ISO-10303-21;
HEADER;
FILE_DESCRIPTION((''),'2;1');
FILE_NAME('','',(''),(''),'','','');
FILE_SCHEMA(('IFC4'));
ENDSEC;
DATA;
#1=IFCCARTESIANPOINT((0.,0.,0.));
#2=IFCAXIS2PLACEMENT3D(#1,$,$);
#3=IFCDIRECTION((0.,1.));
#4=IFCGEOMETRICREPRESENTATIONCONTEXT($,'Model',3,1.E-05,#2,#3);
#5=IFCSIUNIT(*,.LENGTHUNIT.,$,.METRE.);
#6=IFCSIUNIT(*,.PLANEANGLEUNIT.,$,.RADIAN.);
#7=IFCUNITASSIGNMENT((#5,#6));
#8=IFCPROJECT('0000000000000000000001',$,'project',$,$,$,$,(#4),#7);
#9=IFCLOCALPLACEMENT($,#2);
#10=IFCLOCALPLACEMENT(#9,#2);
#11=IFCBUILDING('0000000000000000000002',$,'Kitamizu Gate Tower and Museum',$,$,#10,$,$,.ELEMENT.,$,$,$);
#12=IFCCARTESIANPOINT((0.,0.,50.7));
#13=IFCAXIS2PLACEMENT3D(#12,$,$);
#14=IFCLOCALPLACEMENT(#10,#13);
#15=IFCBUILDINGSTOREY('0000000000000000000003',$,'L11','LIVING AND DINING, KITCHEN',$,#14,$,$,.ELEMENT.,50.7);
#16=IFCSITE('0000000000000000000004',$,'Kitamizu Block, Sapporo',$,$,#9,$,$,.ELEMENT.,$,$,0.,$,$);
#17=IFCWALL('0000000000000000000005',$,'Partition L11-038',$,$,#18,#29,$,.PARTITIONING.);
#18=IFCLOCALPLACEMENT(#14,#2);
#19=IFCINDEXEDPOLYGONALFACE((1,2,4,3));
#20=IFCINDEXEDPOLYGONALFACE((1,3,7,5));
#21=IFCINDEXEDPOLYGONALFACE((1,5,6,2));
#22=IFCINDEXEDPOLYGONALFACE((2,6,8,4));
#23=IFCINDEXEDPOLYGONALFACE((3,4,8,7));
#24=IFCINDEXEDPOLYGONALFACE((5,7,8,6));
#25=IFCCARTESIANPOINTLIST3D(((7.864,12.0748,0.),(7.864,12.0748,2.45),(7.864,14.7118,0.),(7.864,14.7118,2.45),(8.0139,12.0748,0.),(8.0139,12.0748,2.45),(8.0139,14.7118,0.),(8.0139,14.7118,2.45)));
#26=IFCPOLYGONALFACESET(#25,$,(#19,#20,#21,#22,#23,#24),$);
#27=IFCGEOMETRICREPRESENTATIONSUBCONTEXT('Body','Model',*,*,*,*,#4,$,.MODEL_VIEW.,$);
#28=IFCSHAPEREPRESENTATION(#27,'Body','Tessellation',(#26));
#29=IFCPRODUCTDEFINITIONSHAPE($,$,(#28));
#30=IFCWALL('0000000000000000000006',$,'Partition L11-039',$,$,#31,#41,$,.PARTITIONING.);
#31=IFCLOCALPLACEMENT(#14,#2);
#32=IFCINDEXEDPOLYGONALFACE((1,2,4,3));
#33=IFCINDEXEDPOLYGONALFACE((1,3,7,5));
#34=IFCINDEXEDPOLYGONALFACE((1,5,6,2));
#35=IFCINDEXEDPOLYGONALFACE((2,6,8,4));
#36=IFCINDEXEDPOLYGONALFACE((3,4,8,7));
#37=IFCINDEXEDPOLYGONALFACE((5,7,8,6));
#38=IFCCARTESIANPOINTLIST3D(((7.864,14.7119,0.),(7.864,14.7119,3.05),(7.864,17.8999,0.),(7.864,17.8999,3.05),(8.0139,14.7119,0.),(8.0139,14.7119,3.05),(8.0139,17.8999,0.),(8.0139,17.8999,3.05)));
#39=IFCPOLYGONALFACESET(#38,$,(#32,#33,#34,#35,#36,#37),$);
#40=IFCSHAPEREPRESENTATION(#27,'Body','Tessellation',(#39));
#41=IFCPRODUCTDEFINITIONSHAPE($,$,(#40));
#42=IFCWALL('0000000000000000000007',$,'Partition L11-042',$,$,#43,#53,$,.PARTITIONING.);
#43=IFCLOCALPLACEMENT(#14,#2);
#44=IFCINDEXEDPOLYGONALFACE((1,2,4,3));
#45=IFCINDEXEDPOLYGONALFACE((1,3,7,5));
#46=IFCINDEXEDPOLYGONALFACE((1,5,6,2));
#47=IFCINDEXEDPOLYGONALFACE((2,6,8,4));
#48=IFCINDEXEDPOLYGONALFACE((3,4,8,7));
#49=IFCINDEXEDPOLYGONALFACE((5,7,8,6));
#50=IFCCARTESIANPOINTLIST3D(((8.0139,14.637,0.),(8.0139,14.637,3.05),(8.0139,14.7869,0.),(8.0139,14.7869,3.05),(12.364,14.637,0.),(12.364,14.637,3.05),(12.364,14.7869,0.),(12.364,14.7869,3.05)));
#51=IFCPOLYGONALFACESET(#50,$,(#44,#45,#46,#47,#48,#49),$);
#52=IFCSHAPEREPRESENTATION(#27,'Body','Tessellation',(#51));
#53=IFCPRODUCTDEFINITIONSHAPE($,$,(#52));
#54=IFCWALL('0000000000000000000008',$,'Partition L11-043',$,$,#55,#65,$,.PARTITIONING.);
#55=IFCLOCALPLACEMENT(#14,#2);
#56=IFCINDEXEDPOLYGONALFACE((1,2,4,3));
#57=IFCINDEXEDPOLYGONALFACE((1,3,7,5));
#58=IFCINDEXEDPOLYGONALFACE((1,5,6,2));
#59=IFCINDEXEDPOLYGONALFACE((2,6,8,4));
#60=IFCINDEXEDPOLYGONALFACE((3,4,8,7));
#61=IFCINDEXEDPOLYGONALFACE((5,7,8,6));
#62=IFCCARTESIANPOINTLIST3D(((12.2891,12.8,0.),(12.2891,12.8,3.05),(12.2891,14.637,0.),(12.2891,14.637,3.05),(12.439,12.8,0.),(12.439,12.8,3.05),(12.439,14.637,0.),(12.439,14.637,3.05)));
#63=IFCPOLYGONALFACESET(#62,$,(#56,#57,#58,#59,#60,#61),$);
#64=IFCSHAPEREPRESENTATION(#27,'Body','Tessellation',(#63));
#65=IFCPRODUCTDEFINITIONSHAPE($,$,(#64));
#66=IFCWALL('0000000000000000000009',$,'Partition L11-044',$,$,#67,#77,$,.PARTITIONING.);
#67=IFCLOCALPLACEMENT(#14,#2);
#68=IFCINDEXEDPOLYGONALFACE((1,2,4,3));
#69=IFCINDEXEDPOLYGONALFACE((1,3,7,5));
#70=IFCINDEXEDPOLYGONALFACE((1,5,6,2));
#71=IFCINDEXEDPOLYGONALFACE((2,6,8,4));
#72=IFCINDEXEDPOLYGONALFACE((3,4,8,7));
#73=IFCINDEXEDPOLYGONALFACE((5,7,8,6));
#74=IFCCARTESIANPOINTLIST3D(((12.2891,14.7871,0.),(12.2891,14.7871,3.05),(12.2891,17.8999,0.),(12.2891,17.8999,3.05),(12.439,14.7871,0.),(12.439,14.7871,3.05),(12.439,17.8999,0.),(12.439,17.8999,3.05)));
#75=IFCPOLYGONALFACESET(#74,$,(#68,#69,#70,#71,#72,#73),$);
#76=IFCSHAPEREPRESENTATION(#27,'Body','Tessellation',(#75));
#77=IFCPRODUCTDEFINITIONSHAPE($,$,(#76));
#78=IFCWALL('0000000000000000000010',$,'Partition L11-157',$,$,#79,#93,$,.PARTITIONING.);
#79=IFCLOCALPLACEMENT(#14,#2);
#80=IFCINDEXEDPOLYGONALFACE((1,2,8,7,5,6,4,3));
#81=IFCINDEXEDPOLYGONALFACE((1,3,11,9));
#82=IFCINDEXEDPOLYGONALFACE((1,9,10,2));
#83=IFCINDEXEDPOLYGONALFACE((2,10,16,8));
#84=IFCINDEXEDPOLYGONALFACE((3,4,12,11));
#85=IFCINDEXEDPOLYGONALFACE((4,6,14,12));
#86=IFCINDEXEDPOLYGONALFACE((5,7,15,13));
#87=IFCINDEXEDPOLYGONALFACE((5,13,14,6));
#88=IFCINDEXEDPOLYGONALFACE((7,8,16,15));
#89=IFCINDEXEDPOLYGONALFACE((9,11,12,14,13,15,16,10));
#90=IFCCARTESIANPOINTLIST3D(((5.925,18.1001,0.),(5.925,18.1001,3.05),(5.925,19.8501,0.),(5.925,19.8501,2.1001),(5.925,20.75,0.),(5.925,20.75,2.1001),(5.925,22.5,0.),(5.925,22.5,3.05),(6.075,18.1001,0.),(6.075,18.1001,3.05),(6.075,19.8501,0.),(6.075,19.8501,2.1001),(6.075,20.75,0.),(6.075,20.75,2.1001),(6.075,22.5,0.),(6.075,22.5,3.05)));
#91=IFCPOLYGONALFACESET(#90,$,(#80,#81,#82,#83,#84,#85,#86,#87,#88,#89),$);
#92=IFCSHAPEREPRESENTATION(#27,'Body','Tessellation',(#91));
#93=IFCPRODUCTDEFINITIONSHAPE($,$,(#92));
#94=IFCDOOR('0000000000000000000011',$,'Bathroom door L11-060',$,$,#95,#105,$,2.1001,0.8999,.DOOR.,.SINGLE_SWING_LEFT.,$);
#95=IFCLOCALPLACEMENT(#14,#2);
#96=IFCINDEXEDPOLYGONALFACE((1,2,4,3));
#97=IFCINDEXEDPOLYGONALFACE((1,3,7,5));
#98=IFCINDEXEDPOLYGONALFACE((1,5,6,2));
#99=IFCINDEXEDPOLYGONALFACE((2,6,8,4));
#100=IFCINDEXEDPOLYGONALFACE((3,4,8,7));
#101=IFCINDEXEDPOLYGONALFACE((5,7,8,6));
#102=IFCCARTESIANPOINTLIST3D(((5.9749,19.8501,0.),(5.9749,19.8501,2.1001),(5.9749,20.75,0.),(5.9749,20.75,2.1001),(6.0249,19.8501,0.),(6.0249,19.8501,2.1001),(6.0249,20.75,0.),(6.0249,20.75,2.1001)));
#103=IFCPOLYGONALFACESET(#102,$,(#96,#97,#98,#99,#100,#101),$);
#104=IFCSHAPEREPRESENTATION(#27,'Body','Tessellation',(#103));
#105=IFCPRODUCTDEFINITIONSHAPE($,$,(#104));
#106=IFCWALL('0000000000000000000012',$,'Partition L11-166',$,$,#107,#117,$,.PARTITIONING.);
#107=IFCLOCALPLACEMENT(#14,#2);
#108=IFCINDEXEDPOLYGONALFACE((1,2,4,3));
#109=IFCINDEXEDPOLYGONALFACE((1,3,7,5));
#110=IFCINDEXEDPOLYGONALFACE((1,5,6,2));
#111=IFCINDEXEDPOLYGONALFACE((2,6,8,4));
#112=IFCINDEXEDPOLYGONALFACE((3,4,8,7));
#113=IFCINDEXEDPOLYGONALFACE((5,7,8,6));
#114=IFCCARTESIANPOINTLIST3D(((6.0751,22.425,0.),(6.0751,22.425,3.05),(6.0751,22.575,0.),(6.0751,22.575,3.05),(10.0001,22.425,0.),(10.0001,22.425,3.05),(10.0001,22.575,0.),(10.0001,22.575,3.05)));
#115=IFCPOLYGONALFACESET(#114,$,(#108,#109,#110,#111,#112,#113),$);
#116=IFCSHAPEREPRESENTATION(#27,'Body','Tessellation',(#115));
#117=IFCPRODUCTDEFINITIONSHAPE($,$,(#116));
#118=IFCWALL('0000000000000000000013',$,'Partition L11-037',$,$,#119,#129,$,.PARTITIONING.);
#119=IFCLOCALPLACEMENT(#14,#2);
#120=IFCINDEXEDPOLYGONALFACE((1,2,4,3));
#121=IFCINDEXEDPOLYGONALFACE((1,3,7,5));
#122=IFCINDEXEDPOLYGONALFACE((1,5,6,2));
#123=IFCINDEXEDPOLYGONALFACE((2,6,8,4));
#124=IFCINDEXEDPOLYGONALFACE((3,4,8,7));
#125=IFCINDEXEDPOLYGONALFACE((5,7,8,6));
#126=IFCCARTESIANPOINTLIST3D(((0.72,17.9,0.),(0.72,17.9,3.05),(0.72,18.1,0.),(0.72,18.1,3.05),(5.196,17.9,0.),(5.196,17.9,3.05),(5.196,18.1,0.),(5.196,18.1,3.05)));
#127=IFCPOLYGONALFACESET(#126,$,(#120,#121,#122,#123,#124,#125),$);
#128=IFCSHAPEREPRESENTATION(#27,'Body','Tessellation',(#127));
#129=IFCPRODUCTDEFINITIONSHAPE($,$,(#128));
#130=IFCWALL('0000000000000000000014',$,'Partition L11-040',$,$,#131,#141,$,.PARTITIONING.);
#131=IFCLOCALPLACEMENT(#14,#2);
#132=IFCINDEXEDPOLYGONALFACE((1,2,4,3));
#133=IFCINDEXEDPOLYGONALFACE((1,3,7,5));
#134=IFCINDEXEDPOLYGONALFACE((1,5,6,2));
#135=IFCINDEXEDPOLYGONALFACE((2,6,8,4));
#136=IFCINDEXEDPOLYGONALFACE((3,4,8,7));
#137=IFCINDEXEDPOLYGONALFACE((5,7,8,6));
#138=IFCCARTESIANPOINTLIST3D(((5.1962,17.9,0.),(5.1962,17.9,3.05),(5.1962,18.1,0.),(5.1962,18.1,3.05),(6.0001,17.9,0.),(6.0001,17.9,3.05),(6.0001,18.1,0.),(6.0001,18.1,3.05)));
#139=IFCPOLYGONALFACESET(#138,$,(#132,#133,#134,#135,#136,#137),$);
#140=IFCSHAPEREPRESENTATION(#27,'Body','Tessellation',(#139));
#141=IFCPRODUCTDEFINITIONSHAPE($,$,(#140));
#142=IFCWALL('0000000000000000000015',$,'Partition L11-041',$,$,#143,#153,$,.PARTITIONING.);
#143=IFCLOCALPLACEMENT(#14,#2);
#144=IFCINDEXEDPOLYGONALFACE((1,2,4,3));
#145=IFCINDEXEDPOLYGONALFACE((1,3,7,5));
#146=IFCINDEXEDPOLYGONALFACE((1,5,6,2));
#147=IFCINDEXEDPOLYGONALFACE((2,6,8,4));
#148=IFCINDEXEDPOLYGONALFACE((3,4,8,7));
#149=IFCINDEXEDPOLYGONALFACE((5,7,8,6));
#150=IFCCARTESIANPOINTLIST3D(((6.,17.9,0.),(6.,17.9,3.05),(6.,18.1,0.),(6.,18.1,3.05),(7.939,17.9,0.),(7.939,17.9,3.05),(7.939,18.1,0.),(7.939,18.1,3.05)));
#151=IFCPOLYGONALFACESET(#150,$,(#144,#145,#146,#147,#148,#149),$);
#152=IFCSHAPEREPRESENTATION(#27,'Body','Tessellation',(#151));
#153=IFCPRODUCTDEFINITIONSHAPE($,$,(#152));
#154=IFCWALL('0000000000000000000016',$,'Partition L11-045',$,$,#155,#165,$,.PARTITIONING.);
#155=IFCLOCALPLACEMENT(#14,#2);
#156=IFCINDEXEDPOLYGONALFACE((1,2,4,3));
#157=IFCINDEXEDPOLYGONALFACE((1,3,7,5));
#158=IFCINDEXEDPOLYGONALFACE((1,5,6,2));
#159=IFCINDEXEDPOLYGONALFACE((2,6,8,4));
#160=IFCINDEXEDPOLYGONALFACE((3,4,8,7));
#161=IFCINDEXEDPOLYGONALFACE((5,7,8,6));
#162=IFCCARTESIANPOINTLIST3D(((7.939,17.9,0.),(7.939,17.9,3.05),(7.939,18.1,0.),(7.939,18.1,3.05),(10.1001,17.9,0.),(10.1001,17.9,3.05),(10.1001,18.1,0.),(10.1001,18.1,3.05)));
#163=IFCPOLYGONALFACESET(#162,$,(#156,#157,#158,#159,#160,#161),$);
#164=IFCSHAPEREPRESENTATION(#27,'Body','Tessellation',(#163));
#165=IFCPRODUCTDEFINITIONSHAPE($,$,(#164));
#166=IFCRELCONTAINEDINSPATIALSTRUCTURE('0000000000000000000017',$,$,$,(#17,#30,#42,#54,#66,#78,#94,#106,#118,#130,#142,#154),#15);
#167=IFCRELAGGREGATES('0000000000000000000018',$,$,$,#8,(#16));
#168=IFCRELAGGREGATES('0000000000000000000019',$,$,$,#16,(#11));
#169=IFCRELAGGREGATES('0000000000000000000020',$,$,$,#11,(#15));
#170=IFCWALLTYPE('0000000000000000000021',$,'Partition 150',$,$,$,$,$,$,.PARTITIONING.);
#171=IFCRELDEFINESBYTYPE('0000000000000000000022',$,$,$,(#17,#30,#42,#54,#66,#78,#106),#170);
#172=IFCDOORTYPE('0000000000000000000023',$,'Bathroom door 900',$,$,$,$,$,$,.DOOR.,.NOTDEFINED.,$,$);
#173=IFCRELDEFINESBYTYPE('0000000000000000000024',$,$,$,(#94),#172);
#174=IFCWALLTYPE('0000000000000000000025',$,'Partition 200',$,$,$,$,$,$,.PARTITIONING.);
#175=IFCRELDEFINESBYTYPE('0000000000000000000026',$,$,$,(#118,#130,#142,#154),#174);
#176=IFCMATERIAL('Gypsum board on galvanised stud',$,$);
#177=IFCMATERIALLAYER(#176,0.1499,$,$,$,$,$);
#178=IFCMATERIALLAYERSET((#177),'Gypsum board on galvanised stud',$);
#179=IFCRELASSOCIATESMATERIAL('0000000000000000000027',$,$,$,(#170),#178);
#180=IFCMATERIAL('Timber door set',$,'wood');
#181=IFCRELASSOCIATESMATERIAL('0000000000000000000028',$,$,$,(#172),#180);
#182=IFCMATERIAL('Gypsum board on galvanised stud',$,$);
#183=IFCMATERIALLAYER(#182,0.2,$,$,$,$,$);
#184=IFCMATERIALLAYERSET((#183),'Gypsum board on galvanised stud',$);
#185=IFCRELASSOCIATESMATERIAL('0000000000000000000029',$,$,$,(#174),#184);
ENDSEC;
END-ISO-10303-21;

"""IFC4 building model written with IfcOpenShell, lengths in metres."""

from ifc_helpers import new_model, si_unit, direction, frame, frame_2d, origin, place, context, subcontext, project, spatial, rectangle, extrude, material, layer, layer_set, type_object, element, fill, save


model = new_model("IFC4")

# Units and contexts
model_context = context("Model", 3, precision=1e-05, world=origin(), true_north=direction((0.0, 1.0)))
body_context = subcontext(model_context, "Body", "Model", "MODEL_VIEW")
ifc_project = project(units=[si_unit("LENGTHUNIT", "METRE"), si_unit("PLANEANGLEUNIT", "RADIAN")], contexts=[model_context])

# Site, building, storey
site_placement = place(None, origin())
site = spatial("IfcSite", under=ifc_project, at=site_placement, Name="Kitamizu Block, Sapporo", CompositionType="ELEMENT", RefElevation=0.0)
building_placement = place(site_placement, origin())
building = spatial("IfcBuilding", under=site, at=building_placement, Name="Kitamizu Gate Tower and Museum", CompositionType="ELEMENT")
storey_placement = place(building_placement, frame((0.0, 0.0, 50.7)))
storey = spatial("IfcBuildingStorey", under=building, at=storey_placement, Name="L11", Description="LIVING AND DINING, KITCHEN", CompositionType="ELEMENT", Elevation=50.7)

# Walls
ifc_material_1 = material(Name="Gypsum board on galvanised stud")
ifc_layer_1 = layer(ifc_material_1, 0.1499)
ifc_layer_set_1 = layer_set([ifc_layer_1], Name="Gypsum board on galvanised stud")
wall_type_1 = type_object("IfcWallType", Name="Partition 150", PredefinedType="PARTITIONING", material=ifc_layer_set_1)
wall_1_placement = place(storey_placement, frame((7.939, 12.075, 0.0), z_axis=(0.0, 0.0, 1.0), x_axis=(0.0, 1.0, 0.0)))
element("IfcWall", 1, at=wall_1_placement, inside=storey, type_object=wall_type_1, Name="Partition L11-038", PredefinedType="PARTITIONING", context=body_context, shape_type="SweptSolid", body=[
    extrude(rectangle(XDim=2.637, YDim=0.1499, at=frame_2d((1.3184, 0.0))), origin(), (0.0, 0.0, 1.0), 2.45),
])
wall_2_placement = place(storey_placement, frame((7.939, 14.7119, 0.0), z_axis=(0.0, 0.0, 1.0), x_axis=(0.0, 1.0, 0.0)))
element("IfcWall", 2, at=wall_2_placement, inside=storey, type_object=wall_type_1, Name="Partition L11-039", PredefinedType="PARTITIONING", context=body_context, shape_type="SweptSolid", body=[
    extrude(rectangle(XDim=3.188, YDim=0.1499, at=frame_2d((1.594, 0.0))), origin(), (0.0, 0.0, 1.0), 3.05),
])
wall_3_placement = place(storey_placement, frame((12.364, 14.7119, 0.0), z_axis=(0.0, 0.0, 1.0), x_axis=(-1.0, 0.0, 0.0)))
element("IfcWall", 3, at=wall_3_placement, inside=storey, type_object=wall_type_1, Name="Partition L11-042", PredefinedType="PARTITIONING", context=body_context, shape_type="SweptSolid", body=[
    extrude(rectangle(XDim=4.3501, YDim=0.1499, at=frame_2d((2.175, 0.0))), origin(), (0.0, 0.0, 1.0), 3.05),
])
wall_4_placement = place(storey_placement, frame((12.364, 12.8, 0.0), z_axis=(0.0, 0.0, 1.0), x_axis=(0.0, 1.0, 0.0)))
element("IfcWall", 4, at=wall_4_placement, inside=storey, type_object=wall_type_1, Name="Partition L11-043", PredefinedType="PARTITIONING", context=body_context, shape_type="SweptSolid", body=[
    extrude(rectangle(XDim=1.8369, YDim=0.1499, at=frame_2d((0.9185, 0.0))), origin(), (0.0, 0.0, 1.0), 3.05),
])
wall_5_placement = place(storey_placement, frame((12.364, 14.7871, 0.0), z_axis=(0.0, 0.0, 1.0), x_axis=(0.0, 1.0, 0.0)))
element("IfcWall", 5, at=wall_5_placement, inside=storey, type_object=wall_type_1, Name="Partition L11-044", PredefinedType="PARTITIONING", context=body_context, shape_type="SweptSolid", body=[
    extrude(rectangle(XDim=3.1128, YDim=0.1499, at=frame_2d((1.5564, 0.0))), origin(), (0.0, 0.0, 1.0), 3.05),
])

# Wall, opening, door
wall_6_placement = place(storey_placement, frame((6.0, 18.1001, 0.0), z_axis=(0.0, 0.0, 1.0), x_axis=(0.0, 1.0, 0.0)))
wall_6 = element("IfcWall", 6, at=wall_6_placement, inside=storey, type_object=wall_type_1, Name="Partition L11-157", PredefinedType="PARTITIONING", context=body_context, shape_type="SweptSolid", body=[
    extrude(rectangle(XDim=4.3999, YDim=0.1499, at=frame_2d((2.2, 0.0))), origin(), (0.0, 0.0, 1.0), 3.05),
])
opening_1_placement = place(wall_6_placement, frame((1.75, 0.0, 0.0)))
opening_1 = element("IfcOpeningElement", 7, at=opening_1_placement, cuts=wall_6, PredefinedType="OPENING", context=body_context, shape_type="SweptSolid", body=[
    extrude(rectangle(XDim=0.8999, YDim=2.1001, at=frame_2d((0.45, 1.05))), frame((0.0, 0.085, 0.0), z_axis=(0.0, -1.0, 0.0), x_axis=(1.0, 0.0, 0.0)), (0.0, 0.0, 1.0), 0.1699),
])
ifc_material_2 = material(Name="Timber door set", Category="wood")
door_type_1 = type_object("IfcDoorType", Name="Bathroom door 900", OperationType="NOTDEFINED", PredefinedType="DOOR", material=ifc_material_2)
door_1_placement = place(opening_1_placement, frame((0.8999, 0.0, 0.0), x_axis=(-1.0, 0.0, 0.0)))
door_1 = element("IfcDoor", 8, at=door_1_placement, inside=storey, type_object=door_type_1, Name="Bathroom door L11-060", OperationType="SINGLE_SWING_LEFT", OverallHeight=2.1001, OverallWidth=0.8999, PredefinedType="DOOR", context=body_context, shape_type="SweptSolid", body=[
    extrude(rectangle(XDim=0.8999, YDim=2.1001, at=frame_2d((0.45, 1.05))), frame((0.0, 0.0249, 0.0), z_axis=(0.0, -1.0, 0.0), x_axis=(1.0, 0.0, 0.0)), (0.0, 0.0, 1.0), 0.05),
])
fill(opening_1, door_1)

# Walls
wall_7_placement = place(storey_placement, frame((10.0, 22.5, 0.0), z_axis=(0.0, 0.0, 1.0), x_axis=(-1.0, 0.0, 0.0)))
element("IfcWall", 9, at=wall_7_placement, inside=storey, type_object=wall_type_1, Name="Partition L11-166", PredefinedType="PARTITIONING", context=body_context, shape_type="SweptSolid", body=[
    extrude(rectangle(XDim=3.925, YDim=0.1499, at=frame_2d((1.9624, 0.0))), origin(), (0.0, 0.0, 1.0), 3.05),
])
ifc_material_3 = material(Name="Gypsum board on galvanised stud")
ifc_layer_2 = layer(ifc_material_3, 0.2)
ifc_layer_set_2 = layer_set([ifc_layer_2], Name="Gypsum board on galvanised stud")
wall_type_2 = type_object("IfcWallType", Name="Partition 200", PredefinedType="PARTITIONING", material=ifc_layer_set_2)
wall_8_placement = place(storey_placement, frame((5.196, 18.0, 0.0), z_axis=(0.0, 0.0, 1.0), x_axis=(-1.0, 0.0, 0.0)))
element("IfcWall", 10, at=wall_8_placement, inside=storey, type_object=wall_type_2, Name="Partition L11-037", PredefinedType="PARTITIONING", context=body_context, shape_type="SweptSolid", body=[
    extrude(rectangle(XDim=4.4761, YDim=0.2, at=frame_2d((2.238, 0.0))), origin(), (0.0, 0.0, 1.0), 3.05),
])
wall_9_placement = place(storey_placement, frame((6.0, 18.0, 0.0), z_axis=(0.0, 0.0, 1.0), x_axis=(-1.0, 0.0, 0.0)))
element("IfcWall", 11, at=wall_9_placement, inside=storey, type_object=wall_type_2, Name="Partition L11-040", PredefinedType="PARTITIONING", context=body_context, shape_type="SweptSolid", body=[
    extrude(rectangle(XDim=0.804, YDim=0.2, at=frame_2d((0.4019, 0.0))), origin(), (0.0, 0.0, 1.0), 3.05),
])
wall_10_placement = place(storey_placement, frame((7.939, 18.0, 0.0), z_axis=(0.0, 0.0, 1.0), x_axis=(-1.0, 0.0, 0.0)))
element("IfcWall", 12, at=wall_10_placement, inside=storey, type_object=wall_type_2, Name="Partition L11-041", PredefinedType="PARTITIONING", context=body_context, shape_type="SweptSolid", body=[
    extrude(rectangle(XDim=1.939, YDim=0.2, at=frame_2d((0.9695, 0.0))), origin(), (0.0, 0.0, 1.0), 3.05),
])
wall_11_placement = place(storey_placement, frame((10.1001, 18.0, 0.0), z_axis=(0.0, 0.0, 1.0), x_axis=(-1.0, 0.0, 0.0)))
element("IfcWall", 13, at=wall_11_placement, inside=storey, type_object=wall_type_2, Name="Partition L11-045", PredefinedType="PARTITIONING", context=body_context, shape_type="SweptSolid", body=[
    extrude(rectangle(XDim=2.1611, YDim=0.2, at=frame_2d((1.0806, 0.0))), origin(), (0.0, 0.0, 1.0), 3.05),
])

save(model, "model.ifc")
